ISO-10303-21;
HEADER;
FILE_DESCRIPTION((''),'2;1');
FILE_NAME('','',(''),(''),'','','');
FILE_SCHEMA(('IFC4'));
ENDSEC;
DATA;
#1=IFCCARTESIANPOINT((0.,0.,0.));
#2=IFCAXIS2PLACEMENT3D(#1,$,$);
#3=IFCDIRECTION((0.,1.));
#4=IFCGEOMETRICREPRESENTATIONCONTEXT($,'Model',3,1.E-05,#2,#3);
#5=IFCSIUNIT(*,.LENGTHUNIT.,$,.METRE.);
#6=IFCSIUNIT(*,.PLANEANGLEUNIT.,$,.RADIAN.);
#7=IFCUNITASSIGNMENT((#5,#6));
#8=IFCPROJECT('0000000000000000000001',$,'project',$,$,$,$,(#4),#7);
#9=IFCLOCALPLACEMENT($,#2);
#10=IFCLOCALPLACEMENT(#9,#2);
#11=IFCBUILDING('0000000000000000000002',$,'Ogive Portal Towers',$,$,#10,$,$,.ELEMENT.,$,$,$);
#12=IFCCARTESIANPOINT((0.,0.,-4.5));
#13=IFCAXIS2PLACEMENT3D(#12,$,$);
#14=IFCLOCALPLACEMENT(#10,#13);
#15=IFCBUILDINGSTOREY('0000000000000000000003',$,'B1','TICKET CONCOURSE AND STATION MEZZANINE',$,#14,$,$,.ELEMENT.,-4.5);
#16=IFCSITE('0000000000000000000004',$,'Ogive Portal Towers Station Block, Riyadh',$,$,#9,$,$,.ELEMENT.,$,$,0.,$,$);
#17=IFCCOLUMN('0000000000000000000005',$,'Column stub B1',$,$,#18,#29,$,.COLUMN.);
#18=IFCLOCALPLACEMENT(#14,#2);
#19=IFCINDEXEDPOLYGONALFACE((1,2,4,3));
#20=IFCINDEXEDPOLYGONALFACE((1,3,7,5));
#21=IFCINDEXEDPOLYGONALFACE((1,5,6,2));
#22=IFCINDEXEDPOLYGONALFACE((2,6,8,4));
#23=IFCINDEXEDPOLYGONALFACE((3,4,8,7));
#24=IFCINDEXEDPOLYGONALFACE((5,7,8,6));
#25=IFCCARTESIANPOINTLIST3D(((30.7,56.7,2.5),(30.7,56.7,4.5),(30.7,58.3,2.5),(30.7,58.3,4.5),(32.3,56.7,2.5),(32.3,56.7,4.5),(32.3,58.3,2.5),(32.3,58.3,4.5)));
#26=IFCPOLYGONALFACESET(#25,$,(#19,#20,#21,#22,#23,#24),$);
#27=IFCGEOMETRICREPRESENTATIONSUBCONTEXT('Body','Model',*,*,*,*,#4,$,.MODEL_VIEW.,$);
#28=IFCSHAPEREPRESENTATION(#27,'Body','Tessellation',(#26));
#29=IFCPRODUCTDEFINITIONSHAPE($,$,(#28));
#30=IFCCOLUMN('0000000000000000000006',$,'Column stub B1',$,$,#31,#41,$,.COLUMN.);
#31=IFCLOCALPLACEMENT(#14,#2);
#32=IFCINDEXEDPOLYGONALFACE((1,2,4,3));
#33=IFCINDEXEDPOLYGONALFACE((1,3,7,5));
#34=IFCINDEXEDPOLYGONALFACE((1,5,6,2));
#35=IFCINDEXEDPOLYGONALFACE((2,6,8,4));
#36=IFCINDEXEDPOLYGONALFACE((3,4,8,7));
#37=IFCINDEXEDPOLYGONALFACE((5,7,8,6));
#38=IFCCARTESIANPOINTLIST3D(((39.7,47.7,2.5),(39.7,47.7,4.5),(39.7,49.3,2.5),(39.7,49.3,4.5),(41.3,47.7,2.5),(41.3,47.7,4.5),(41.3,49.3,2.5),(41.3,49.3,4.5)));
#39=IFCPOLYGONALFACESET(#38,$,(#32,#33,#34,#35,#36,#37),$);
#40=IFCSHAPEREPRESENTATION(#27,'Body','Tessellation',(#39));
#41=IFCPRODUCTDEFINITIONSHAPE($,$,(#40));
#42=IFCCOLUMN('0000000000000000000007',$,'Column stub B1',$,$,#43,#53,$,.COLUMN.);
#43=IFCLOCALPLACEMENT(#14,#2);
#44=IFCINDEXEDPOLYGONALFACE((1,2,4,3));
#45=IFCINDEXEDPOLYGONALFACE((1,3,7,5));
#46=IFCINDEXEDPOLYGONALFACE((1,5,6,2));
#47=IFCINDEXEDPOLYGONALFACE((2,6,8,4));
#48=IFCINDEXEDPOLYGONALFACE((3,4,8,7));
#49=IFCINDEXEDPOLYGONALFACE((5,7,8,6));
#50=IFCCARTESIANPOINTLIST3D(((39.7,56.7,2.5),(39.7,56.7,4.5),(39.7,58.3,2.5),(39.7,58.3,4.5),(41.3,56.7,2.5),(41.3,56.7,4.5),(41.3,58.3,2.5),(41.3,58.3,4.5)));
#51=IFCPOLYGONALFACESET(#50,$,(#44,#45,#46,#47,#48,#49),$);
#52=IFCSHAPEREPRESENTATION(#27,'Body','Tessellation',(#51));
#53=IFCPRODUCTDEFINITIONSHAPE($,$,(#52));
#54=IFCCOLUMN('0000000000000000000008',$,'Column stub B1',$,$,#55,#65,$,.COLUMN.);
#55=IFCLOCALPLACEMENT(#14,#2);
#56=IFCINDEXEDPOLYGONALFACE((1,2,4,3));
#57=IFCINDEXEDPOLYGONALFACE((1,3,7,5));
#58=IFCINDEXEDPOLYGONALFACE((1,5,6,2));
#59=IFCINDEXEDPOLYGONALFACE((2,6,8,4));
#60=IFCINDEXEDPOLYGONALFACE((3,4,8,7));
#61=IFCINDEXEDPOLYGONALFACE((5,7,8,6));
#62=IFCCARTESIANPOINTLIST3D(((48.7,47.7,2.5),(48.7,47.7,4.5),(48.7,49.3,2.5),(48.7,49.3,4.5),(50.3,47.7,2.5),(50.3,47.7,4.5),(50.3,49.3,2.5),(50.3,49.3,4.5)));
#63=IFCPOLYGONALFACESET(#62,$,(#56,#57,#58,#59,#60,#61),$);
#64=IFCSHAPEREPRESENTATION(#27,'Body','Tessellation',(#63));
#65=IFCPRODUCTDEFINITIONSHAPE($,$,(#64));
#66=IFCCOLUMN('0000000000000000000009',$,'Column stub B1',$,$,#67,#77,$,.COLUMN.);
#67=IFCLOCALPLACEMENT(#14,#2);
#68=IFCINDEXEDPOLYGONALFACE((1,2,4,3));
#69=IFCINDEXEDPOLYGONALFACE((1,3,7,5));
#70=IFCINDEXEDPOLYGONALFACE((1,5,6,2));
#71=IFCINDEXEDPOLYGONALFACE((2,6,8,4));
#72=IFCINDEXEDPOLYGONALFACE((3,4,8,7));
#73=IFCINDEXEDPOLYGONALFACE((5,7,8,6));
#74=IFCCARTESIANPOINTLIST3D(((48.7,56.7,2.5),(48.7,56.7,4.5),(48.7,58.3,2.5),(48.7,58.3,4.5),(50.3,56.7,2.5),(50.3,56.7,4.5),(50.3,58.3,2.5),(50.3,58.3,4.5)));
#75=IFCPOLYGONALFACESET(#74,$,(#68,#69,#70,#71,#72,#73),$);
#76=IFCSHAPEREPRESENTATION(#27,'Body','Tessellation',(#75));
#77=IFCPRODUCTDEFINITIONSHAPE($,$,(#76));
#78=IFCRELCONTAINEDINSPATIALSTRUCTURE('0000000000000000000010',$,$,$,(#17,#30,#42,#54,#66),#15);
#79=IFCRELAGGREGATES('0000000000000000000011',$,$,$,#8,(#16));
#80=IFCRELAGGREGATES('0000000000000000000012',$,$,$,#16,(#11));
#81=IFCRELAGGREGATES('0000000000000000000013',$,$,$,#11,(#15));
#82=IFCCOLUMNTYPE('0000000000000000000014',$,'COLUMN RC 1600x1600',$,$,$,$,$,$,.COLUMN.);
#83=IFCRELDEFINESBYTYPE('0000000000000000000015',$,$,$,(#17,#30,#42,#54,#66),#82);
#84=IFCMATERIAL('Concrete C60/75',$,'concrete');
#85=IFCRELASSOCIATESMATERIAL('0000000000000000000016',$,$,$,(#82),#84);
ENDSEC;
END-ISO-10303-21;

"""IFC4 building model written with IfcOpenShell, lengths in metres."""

from ifc_helpers import new_model, si_unit, direction, frame, origin, origin_2d, place, context, subcontext, project, spatial, rectangle, extrude, material, material_profile, profile_set, type_object, element, save


model = new_model("IFC4")

# Units and contexts
model_context = context("Model", 3, precision=1e-05, world=origin(), true_north=direction((0.0, 1.0)))
body_context = subcontext(model_context, "Body", "Model", "MODEL_VIEW")
ifc_project = project(units=[si_unit("LENGTHUNIT", "METRE"), si_unit("PLANEANGLEUNIT", "RADIAN")], contexts=[model_context])

# Site, building, storey
site_placement = place(None, origin())
site = spatial("IfcSite", under=ifc_project, at=site_placement, Name="Ogive Portal Towers Station Block, Riyadh", CompositionType="ELEMENT", RefElevation=0.0)
building_placement = place(site_placement, origin())
building = spatial("IfcBuilding", under=site, at=building_placement, Name="Ogive Portal Towers", CompositionType="ELEMENT")
storey_placement = place(building_placement, frame((0.0, 0.0, -4.5)))
storey = spatial("IfcBuildingStorey", under=building, at=storey_placement, Name="B1", Description="TICKET CONCOURSE AND STATION MEZZANINE", CompositionType="ELEMENT", Elevation=-4.5)

# Columns
ifc_material_1 = material(Name="Concrete C60/75", Category="concrete")
ifc_material_profile_1 = material_profile(ifc_material_1, rectangle(XDim=1.6001, YDim=1.6001, at=origin_2d()), Name="RC 1600x1600")
ifc_profile_set_1 = profile_set([ifc_material_profile_1], Name="Concrete C60/75")
column_type_1 = type_object("IfcColumnType", Name="COLUMN RC 1600x1600", PredefinedType="COLUMN", material=ifc_profile_set_1)
for number, where, z_axis, x_axis, name in (
    (1, (31.5, 57.5, 2.5), (0.0, 0.0, 1.0), (1.0, 0.0, 0.0), "Column stub B1"),
    (2, (40.5, 48.5, 2.5), (0.0, 0.0, 1.0), (1.0, 0.0, 0.0), "Column stub B1"),
    (3, (40.5, 57.5, 2.5), (0.0, 0.0, 1.0), (1.0, 0.0, 0.0), "Column stub B1"),
    (4, (49.5, 48.5, 2.5), (0.0, 0.0, 1.0), (1.0, 0.0, 0.0), "Column stub B1"),
    (5, (49.5, 57.5, 2.5), (0.0, 0.0, 1.0), (1.0, 0.0, 0.0), "Column stub B1"),
):
    element("IfcColumn", number, at=place(storey_placement, frame(where, z_axis=z_axis, x_axis=x_axis)), inside=storey, type_object=column_type_1, Name=name, PredefinedType="COLUMN", context=body_context, shape_type="SweptSolid", body=[
        extrude(rectangle(XDim=1.6001, YDim=1.6001, at=origin_2d()), origin(), (0.0, 0.0, 1.0), 2.0),
    ])

save(model, "model.ifc")
